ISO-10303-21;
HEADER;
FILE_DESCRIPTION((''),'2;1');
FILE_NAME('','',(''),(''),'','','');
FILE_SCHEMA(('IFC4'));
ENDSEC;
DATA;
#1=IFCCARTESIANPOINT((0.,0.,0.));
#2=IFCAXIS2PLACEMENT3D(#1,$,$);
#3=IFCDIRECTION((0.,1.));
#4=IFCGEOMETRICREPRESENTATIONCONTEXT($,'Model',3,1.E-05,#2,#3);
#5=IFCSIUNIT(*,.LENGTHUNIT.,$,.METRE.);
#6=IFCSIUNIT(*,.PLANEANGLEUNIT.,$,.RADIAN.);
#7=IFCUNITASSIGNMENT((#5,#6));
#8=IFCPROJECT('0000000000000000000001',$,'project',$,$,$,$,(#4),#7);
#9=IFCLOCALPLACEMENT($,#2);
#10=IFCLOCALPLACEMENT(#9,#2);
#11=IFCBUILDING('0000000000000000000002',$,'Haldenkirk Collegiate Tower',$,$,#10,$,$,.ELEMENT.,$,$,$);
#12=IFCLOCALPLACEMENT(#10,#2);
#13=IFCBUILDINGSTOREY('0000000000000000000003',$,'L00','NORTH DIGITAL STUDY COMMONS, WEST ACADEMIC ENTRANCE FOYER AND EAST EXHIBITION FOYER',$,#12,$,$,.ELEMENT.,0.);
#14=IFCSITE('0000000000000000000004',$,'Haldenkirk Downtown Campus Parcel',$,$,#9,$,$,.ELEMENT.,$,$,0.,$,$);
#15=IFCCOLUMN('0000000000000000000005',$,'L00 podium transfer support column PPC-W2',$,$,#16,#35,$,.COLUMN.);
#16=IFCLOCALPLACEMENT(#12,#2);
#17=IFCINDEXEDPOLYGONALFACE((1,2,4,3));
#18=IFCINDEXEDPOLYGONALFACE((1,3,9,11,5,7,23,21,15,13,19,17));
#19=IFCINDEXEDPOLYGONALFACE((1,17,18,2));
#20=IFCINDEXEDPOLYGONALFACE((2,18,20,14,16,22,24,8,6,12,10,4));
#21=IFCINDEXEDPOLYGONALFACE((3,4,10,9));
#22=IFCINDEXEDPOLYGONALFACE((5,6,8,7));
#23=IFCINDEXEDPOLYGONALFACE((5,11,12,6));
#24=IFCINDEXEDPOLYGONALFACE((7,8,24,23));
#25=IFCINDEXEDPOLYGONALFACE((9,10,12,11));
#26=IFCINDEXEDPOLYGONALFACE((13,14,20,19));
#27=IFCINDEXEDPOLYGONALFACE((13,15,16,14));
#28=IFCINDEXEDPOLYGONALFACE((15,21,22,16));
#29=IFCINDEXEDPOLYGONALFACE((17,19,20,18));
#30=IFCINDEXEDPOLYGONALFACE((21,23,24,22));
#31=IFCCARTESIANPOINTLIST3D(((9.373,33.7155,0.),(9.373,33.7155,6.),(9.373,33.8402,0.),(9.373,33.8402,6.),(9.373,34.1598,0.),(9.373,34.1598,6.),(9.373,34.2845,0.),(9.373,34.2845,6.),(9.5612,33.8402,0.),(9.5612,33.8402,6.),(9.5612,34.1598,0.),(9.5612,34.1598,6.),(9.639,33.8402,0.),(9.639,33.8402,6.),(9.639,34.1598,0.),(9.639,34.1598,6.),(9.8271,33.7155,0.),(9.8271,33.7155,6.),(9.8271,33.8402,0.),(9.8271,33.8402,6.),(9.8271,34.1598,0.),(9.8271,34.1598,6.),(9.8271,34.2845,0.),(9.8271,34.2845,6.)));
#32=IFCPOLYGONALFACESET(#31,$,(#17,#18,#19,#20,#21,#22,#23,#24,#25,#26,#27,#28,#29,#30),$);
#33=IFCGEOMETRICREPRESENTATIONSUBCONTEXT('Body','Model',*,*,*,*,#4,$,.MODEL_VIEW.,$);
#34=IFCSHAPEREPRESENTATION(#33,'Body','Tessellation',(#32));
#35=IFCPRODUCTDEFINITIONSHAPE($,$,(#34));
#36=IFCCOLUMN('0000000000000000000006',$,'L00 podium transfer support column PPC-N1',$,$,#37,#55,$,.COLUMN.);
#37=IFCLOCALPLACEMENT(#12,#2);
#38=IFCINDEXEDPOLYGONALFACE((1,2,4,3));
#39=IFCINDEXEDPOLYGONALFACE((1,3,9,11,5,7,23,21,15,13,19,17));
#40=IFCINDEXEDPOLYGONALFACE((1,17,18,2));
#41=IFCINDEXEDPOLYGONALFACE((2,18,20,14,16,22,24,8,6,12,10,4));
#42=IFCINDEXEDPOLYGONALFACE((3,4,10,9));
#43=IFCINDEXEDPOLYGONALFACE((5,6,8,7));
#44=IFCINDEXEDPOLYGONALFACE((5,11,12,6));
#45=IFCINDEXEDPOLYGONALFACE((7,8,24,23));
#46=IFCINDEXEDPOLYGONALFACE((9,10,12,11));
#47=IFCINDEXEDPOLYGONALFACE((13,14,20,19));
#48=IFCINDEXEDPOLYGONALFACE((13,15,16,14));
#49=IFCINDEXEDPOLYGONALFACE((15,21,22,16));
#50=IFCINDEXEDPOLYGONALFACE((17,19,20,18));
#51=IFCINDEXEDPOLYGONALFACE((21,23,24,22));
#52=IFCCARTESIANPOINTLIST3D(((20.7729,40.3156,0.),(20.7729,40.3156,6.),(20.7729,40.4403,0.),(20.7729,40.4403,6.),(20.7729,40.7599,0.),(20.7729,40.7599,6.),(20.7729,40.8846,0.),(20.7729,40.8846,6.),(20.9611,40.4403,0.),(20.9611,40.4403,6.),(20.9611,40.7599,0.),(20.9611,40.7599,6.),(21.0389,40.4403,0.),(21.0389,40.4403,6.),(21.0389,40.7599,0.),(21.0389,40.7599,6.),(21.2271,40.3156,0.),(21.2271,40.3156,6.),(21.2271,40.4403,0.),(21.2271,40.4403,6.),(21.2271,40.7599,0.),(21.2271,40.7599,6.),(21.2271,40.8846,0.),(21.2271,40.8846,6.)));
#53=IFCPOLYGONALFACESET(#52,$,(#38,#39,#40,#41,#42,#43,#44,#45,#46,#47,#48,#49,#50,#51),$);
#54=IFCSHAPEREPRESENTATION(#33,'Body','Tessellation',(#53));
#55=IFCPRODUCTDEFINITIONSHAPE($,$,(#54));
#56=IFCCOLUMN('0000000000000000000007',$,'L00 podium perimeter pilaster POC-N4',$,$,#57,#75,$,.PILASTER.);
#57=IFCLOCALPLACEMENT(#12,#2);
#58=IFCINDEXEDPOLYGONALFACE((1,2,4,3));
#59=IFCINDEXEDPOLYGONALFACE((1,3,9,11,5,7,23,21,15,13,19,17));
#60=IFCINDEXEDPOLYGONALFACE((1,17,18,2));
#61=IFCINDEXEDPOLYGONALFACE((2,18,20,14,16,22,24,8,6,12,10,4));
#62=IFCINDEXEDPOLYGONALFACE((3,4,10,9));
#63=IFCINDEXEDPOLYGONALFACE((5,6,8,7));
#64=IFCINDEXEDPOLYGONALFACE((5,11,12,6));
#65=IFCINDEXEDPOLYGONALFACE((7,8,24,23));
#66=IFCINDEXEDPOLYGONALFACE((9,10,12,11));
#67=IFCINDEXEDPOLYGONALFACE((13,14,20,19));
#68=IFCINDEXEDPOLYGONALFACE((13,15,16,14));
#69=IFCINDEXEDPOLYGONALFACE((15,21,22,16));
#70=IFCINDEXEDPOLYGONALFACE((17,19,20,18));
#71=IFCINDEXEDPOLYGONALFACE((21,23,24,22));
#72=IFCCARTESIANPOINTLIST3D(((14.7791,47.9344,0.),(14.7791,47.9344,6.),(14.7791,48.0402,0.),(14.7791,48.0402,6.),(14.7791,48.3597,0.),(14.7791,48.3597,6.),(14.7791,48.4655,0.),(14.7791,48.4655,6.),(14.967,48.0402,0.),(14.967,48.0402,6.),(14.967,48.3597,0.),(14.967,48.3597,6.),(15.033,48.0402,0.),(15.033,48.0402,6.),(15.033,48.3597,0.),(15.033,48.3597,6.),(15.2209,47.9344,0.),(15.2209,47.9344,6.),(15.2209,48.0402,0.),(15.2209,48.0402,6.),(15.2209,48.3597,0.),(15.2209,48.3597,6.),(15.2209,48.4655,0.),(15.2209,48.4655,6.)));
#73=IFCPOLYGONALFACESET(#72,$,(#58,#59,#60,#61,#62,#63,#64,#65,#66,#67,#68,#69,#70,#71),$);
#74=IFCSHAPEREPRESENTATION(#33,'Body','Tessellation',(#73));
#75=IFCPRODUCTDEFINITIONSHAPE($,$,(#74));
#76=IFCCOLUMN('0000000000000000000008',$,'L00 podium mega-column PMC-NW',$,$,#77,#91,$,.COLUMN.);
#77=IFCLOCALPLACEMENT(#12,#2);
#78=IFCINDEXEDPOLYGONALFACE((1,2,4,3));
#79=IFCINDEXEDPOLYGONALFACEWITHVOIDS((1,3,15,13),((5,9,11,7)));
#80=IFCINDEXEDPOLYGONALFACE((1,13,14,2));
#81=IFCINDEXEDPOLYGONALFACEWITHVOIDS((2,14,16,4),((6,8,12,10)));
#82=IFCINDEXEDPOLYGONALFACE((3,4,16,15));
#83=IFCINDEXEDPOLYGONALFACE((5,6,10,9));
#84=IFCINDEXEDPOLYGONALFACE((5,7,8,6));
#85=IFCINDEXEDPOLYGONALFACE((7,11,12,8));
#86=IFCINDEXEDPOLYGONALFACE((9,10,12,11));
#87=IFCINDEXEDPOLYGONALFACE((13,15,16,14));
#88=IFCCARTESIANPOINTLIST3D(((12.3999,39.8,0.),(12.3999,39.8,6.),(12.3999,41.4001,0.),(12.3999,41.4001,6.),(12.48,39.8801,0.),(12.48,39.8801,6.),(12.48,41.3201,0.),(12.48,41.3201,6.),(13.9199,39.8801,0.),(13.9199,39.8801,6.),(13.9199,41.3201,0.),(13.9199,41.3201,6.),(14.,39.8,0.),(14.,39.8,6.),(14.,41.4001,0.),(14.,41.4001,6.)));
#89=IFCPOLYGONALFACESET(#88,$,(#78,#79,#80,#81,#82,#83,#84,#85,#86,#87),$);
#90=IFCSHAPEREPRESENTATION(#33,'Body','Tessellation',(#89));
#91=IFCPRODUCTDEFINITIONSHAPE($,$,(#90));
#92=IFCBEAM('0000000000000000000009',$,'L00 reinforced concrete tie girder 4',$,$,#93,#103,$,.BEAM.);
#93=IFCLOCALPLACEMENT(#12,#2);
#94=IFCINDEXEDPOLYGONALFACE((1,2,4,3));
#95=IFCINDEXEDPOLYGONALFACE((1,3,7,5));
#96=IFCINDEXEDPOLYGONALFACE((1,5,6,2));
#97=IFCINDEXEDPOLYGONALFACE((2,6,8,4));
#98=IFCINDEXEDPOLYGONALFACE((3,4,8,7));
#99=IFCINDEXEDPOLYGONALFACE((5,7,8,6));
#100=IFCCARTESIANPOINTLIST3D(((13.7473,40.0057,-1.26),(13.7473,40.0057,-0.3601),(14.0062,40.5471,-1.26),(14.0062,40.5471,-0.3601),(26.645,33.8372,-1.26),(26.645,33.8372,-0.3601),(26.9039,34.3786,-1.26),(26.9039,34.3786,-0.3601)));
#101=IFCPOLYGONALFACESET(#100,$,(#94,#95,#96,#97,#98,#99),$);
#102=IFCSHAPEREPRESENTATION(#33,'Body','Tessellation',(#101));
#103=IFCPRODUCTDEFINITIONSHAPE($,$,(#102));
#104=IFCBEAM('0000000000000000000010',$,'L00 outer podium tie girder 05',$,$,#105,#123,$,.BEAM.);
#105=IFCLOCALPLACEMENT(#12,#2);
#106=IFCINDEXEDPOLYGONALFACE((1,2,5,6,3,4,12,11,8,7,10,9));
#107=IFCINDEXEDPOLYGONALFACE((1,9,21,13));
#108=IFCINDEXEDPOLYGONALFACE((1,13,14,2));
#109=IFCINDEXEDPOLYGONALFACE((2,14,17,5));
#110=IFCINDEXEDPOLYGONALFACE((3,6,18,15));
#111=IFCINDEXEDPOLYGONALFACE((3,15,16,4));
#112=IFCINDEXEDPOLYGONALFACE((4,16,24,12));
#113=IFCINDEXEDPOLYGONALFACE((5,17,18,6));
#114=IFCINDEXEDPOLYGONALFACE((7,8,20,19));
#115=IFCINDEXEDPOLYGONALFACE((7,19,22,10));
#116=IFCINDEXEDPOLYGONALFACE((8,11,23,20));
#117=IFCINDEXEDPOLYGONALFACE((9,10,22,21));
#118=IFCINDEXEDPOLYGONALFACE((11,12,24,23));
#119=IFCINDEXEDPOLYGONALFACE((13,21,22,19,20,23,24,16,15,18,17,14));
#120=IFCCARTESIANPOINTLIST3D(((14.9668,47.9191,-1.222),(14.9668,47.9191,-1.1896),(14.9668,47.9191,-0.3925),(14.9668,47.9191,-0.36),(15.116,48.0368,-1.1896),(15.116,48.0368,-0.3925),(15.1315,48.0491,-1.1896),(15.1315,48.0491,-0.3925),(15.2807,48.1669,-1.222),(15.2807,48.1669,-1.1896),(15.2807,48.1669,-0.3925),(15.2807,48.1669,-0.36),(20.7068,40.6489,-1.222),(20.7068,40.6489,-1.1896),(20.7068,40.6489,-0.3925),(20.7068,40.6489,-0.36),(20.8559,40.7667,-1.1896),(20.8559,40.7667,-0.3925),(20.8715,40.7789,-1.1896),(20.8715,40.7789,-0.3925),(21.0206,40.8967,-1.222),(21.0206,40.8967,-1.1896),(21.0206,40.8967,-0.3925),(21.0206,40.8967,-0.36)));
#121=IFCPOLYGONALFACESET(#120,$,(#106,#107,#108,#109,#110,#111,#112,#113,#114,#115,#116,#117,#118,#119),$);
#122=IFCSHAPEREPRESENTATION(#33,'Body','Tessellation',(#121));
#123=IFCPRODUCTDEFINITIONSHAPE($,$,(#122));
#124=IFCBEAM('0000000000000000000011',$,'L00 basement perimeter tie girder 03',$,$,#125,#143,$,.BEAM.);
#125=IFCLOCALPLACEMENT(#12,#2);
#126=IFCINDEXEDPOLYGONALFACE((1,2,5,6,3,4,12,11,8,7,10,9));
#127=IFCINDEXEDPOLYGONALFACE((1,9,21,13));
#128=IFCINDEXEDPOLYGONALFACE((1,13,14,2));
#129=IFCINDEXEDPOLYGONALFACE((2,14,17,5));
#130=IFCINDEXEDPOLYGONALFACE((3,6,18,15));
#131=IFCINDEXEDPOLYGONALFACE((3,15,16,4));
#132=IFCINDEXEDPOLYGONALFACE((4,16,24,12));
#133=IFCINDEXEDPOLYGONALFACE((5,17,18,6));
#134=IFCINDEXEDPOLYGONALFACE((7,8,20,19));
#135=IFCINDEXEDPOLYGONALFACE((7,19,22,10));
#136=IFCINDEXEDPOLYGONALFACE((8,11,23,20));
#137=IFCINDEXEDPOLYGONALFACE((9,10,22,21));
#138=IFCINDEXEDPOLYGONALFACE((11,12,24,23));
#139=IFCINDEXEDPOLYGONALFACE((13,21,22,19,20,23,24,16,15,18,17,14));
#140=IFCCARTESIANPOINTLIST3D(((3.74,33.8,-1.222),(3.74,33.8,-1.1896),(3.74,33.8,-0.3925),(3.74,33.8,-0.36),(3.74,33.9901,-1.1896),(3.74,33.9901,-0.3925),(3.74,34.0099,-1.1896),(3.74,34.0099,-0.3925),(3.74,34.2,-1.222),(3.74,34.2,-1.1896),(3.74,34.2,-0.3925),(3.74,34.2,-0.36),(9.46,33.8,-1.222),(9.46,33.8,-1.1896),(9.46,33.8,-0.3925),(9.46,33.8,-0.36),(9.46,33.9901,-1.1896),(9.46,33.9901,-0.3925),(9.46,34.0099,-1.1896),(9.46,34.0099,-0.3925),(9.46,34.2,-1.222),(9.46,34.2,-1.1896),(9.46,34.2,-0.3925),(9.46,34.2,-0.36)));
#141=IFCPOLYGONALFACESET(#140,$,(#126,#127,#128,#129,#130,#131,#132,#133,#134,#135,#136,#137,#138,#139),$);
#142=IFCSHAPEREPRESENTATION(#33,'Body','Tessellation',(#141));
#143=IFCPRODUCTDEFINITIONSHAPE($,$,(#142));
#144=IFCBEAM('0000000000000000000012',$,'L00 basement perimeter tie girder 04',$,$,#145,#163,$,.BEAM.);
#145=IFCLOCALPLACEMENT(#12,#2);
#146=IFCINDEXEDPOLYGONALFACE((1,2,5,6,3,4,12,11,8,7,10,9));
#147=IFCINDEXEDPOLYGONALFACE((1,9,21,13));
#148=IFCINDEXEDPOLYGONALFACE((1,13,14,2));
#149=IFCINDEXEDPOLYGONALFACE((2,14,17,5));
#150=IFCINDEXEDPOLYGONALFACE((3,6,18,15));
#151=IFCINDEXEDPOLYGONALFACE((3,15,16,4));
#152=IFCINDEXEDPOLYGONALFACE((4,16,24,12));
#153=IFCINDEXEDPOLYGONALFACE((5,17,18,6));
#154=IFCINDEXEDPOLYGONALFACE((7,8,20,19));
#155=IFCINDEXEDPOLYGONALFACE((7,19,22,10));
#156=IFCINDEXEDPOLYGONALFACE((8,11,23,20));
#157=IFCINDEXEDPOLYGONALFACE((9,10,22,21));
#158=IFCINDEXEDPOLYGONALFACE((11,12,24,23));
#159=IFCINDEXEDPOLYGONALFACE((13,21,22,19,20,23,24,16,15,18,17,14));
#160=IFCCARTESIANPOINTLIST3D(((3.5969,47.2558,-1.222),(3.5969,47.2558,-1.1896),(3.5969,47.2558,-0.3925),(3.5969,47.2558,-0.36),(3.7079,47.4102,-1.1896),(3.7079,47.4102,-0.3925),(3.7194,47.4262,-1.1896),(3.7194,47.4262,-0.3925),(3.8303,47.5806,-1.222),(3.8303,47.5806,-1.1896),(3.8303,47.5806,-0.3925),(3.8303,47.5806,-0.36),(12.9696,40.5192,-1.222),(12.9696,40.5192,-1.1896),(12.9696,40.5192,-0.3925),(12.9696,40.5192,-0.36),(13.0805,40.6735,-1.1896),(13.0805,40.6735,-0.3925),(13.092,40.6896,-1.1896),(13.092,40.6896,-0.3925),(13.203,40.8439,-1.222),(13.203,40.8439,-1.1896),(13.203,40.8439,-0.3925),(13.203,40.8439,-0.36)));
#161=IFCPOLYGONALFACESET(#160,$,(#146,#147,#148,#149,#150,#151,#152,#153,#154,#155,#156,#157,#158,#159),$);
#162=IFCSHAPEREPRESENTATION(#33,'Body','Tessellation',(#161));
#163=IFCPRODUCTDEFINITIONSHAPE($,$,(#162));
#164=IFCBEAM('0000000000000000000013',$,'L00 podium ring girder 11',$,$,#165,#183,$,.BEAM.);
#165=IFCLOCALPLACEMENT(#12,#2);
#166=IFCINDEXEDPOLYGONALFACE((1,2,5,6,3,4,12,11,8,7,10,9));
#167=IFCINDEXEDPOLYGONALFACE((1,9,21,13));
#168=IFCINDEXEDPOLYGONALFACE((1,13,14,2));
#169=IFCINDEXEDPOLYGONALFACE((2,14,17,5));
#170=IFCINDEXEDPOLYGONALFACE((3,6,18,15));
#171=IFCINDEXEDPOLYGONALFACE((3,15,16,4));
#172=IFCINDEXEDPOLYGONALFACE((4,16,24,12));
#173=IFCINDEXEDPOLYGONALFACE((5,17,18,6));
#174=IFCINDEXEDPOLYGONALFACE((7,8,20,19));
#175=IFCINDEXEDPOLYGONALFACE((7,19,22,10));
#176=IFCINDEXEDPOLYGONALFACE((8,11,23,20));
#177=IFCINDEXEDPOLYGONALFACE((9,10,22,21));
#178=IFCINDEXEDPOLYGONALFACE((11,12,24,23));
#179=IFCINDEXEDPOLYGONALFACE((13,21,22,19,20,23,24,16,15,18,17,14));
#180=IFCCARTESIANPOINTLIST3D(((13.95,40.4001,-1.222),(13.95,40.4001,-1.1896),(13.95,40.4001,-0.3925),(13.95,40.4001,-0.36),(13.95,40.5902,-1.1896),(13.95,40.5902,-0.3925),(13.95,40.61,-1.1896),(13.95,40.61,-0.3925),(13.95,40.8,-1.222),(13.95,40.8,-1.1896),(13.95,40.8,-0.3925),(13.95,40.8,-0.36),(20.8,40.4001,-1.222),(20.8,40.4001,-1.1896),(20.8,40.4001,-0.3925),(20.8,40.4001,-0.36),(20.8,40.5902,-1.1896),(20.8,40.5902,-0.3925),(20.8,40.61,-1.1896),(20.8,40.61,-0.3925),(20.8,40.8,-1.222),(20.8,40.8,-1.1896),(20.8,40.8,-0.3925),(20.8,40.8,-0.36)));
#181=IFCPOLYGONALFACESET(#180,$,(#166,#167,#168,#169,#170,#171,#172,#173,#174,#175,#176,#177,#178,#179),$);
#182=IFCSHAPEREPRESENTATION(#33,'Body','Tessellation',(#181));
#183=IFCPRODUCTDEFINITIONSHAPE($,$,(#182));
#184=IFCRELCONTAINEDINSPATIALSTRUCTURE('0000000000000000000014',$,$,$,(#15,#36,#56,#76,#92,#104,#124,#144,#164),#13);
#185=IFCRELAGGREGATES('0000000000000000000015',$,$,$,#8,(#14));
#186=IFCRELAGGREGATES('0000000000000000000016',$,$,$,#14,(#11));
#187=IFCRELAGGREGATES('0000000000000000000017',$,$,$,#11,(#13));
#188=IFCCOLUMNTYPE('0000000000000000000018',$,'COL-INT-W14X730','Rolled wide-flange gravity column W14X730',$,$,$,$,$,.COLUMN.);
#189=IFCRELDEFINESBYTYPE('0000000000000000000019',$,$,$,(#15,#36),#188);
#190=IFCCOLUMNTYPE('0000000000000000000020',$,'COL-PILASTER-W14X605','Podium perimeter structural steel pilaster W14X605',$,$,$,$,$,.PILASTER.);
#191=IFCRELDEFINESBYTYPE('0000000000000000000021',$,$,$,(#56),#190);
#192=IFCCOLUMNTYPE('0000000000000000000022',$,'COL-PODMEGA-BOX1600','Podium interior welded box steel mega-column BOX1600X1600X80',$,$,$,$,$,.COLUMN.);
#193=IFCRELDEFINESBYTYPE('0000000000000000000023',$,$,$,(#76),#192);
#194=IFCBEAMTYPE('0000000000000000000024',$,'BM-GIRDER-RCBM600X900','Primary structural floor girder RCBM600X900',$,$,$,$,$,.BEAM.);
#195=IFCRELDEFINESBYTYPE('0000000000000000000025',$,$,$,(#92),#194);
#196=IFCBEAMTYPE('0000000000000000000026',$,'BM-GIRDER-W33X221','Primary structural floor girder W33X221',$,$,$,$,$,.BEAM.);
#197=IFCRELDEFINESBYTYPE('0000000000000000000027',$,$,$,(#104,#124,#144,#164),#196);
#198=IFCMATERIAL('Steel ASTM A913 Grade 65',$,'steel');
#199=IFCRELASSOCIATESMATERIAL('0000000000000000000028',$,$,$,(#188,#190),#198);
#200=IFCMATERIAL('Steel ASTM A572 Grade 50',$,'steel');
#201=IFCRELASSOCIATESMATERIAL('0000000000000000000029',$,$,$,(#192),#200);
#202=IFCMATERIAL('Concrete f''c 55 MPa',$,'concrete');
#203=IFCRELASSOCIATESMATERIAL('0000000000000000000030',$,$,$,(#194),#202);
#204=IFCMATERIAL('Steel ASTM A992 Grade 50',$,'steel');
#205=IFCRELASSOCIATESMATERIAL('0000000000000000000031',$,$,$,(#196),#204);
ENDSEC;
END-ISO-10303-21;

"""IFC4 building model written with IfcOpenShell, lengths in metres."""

from ifc_helpers import new_model, si_unit, direction, frame, origin, origin_2d, place, context, subcontext, project, spatial, rectangle, hollow_rectangle, i_section, extrude, material, material_profile, profile_set, type_object, element, save


model = new_model("IFC4")

# Units and contexts
model_context = context("Model", 3, precision=1e-05, world=origin(), true_north=direction((0.0, 1.0)))
body_context = subcontext(model_context, "Body", "Model", "MODEL_VIEW")
ifc_project = project(units=[si_unit("LENGTHUNIT", "METRE"), si_unit("PLANEANGLEUNIT", "RADIAN")], contexts=[model_context])

# Site, building, storey
site_placement = place(None, origin())
site = spatial("IfcSite", under=ifc_project, at=site_placement, Name="Haldenkirk Downtown Campus Parcel", CompositionType="ELEMENT", RefElevation=0.0)
building_placement = place(site_placement, origin())
building = spatial("IfcBuilding", under=site, at=building_placement, Name="Haldenkirk Collegiate Tower", CompositionType="ELEMENT")
storey_placement = place(building_placement, origin())
storey = spatial("IfcBuildingStorey", under=building, at=storey_placement, Name="L00", Description="NORTH DIGITAL STUDY COMMONS, WEST ACADEMIC ENTRANCE FOYER AND EAST EXHIBITION FOYER", CompositionType="ELEMENT", Elevation=0.0)

# Columns
ifc_material_1 = material(Name="Steel ASTM A913 Grade 65", Category="steel")
ifc_material_profile_1 = material_profile(ifc_material_1, i_section(OverallWidth=0.4541, OverallDepth=0.5691, WebThickness=0.0779, FlangeThickness=0.1248, at=origin_2d()), Name="W14X730")
ifc_profile_set_1 = profile_set([ifc_material_profile_1], Name="Steel ASTM A913 Grade 65")
column_type_1 = type_object("IfcColumnType", Name="COL-INT-W14X730", Description="Rolled wide-flange gravity column W14X730", PredefinedType="COLUMN", material=ifc_profile_set_1)
for number, where, z_axis, x_axis, name in (
    (1, (9.6001, 34.0, 0.0), (0.0, 0.0, 1.0), (1.0, 0.0, 0.0), "L00 podium transfer support column PPC-W2"),
    (2, (21.0, 40.6001, 0.0), (0.0, 0.0, 1.0), (1.0, 0.0, 0.0), "L00 podium transfer support column PPC-N1"),
):
    element("IfcColumn", number, at=place(storey_placement, frame(where, z_axis=z_axis, x_axis=x_axis)), inside=storey, type_object=column_type_1, Name=name, PredefinedType="COLUMN", context=body_context, shape_type="SweptSolid", body=[
        extrude(i_section(OverallWidth=0.4541, OverallDepth=0.5691, WebThickness=0.0779, FlangeThickness=0.1248, at=origin_2d()), origin(), (0.0, 0.0, 1.0), 6.0),
    ])
ifc_material_profile_2 = material_profile(ifc_material_1, i_section(OverallWidth=0.4419, OverallDepth=0.531, WebThickness=0.0659, FlangeThickness=0.1057, at=origin_2d()), Name="W14X605")
ifc_profile_set_2 = profile_set([ifc_material_profile_2], Name="Steel ASTM A913 Grade 65")
column_type_2 = type_object("IfcColumnType", Name="COL-PILASTER-W14X605", Description="Podium perimeter structural steel pilaster W14X605", PredefinedType="PILASTER", material=ifc_profile_set_2)
column_1_placement = place(storey_placement, frame((15.0, 48.2, 0.0), z_axis=(0.0, 0.0, 1.0), x_axis=(1.0, 0.0, 0.0)))
element("IfcColumn", 3, at=column_1_placement, inside=storey, type_object=column_type_2, Name="L00 podium perimeter pilaster POC-N4", PredefinedType="PILASTER", context=body_context, shape_type="SweptSolid", body=[
    extrude(i_section(OverallWidth=0.4419, OverallDepth=0.531, WebThickness=0.0659, FlangeThickness=0.1057, at=origin_2d()), origin(), (0.0, 0.0, 1.0), 6.0),
])
ifc_material_2 = material(Name="Steel ASTM A572 Grade 50", Category="steel")
ifc_material_profile_3 = material_profile(ifc_material_2, hollow_rectangle(XDim=1.6001, YDim=1.6001, WallThickness=0.0801, at=origin_2d()), Name="BOX1600X1600X80")
ifc_profile_set_3 = profile_set([ifc_material_profile_3], Name="Steel ASTM A572 Grade 50")
column_type_3 = type_object("IfcColumnType", Name="COL-PODMEGA-BOX1600", Description="Podium interior welded box steel mega-column BOX1600X1600X80", PredefinedType="COLUMN", material=ifc_profile_set_3)
column_2_placement = place(storey_placement, frame((13.2, 40.6001, 0.0), z_axis=(0.0, 0.0, 1.0), x_axis=(1.0, 0.0, 0.0)))
element("IfcColumn", 4, at=column_2_placement, inside=storey, type_object=column_type_3, Name="L00 podium mega-column PMC-NW", PredefinedType="COLUMN", context=body_context, shape_type="SweptSolid", body=[
    extrude(hollow_rectangle(XDim=1.6001, YDim=1.6001, WallThickness=0.0801, at=origin_2d()), origin(), (0.0, 0.0, 1.0), 6.0),
])

# Beams
ifc_material_3 = material(Name="Concrete f'c 55 MPa", Category="concrete")
ifc_material_profile_4 = material_profile(ifc_material_3, rectangle(XDim=0.6001, YDim=0.8999, at=origin_2d()), Name="RCBM600X900")
ifc_profile_set_4 = profile_set([ifc_material_profile_4], Name="Concrete f'c 55 MPa")
beam_type_1 = type_object("IfcBeamType", Name="BM-GIRDER-RCBM600X900", Description="Primary structural floor girder RCBM600X900", PredefinedType="BEAM", material=ifc_profile_set_4)
beam_1_placement = place(storey_placement, frame((13.8767, 40.2764, -0.8101), z_axis=(0.902135, -0.431455, 0.0), x_axis=(0.431455, 0.902135, 0.0)))
element("IfcBeam", 5, at=beam_1_placement, inside=storey, type_object=beam_type_1, Name="L00 reinforced concrete tie girder 4", PredefinedType="BEAM", context=body_context, shape_type="SweptSolid", body=[
    extrude(rectangle(XDim=0.6001, YDim=0.8999, at=origin_2d()), origin(), (0.0, 0.0, 1.0), 14.2969),
])
ifc_material_4 = material(Name="Steel ASTM A992 Grade 50", Category="steel")
ifc_material_profile_5 = material_profile(ifc_material_4, i_section(OverallWidth=0.3999, OverallDepth=0.8621, WebThickness=0.0198, FlangeThickness=0.0325, at=origin_2d()), Name="W33X221")
ifc_profile_set_5 = profile_set([ifc_material_profile_5], Name="Steel ASTM A992 Grade 50")
beam_type_2 = type_object("IfcBeamType", Name="BM-GIRDER-W33X221", Description="Primary structural floor girder W33X221", PredefinedType="BEAM", material=ifc_profile_set_5)
beam_2_placement = place(storey_placement, frame((15.1238, 48.043, -0.791), z_axis=(0.619665, -0.784867, 0.0), x_axis=(0.784867, 0.619665, 0.0)))
element("IfcBeam", 6, at=beam_2_placement, inside=storey, type_object=beam_type_2, Name="L00 outer podium tie girder 05", PredefinedType="BEAM", context=body_context, shape_type="SweptSolid", body=[
    extrude(i_section(OverallWidth=0.3999, OverallDepth=0.8621, WebThickness=0.0198, FlangeThickness=0.0325, at=origin_2d()), origin(), (0.0, 0.0, 1.0), 9.2629),
])
beam_3_placement = place(storey_placement, frame((3.74, 34.0, -0.791), z_axis=(1.0, 0.0, 0.0), x_axis=(0.0, 1.0, 0.0)))
element("IfcBeam", 7, at=beam_3_placement, inside=storey, type_object=beam_type_2, Name="L00 basement perimeter tie girder 03", PredefinedType="BEAM", context=body_context, shape_type="SweptSolid", body=[
    extrude(i_section(OverallWidth=0.3999, OverallDepth=0.8621, WebThickness=0.0198, FlangeThickness=0.0325, at=origin_2d()), origin(), (0.0, 0.0, 1.0), 5.72),
])
beam_4_placement = place(storey_placement, frame((3.7136, 47.4182, -0.791), z_axis=(0.812013, -0.583639, 0.0), x_axis=(0.583639, 0.812013, 0.0)))
element("IfcBeam", 8, at=beam_4_placement, inside=storey, type_object=beam_type_2, Name="L00 basement perimeter tie girder 04", PredefinedType="BEAM", context=body_context, shape_type="SweptSolid", body=[
    extrude(i_section(OverallWidth=0.3999, OverallDepth=0.8621, WebThickness=0.0198, FlangeThickness=0.0325, at=origin_2d()), origin(), (0.0, 0.0, 1.0), 11.5425),
])
beam_5_placement = place(storey_placement, frame((20.8, 40.6001, -0.791), z_axis=(-1.0, 0.0, 0.0), x_axis=(0.0, -1.0, 0.0)))
element("IfcBeam", 9, at=beam_5_placement, inside=storey, type_object=beam_type_2, Name="L00 podium ring girder 11", PredefinedType="BEAM", context=body_context, shape_type="SweptSolid", body=[
    extrude(i_section(OverallWidth=0.3999, OverallDepth=0.8621, WebThickness=0.0198, FlangeThickness=0.0325, at=origin_2d()), origin(), (0.0, 0.0, 1.0), 6.8501),
])

save(model, "model.ifc")
